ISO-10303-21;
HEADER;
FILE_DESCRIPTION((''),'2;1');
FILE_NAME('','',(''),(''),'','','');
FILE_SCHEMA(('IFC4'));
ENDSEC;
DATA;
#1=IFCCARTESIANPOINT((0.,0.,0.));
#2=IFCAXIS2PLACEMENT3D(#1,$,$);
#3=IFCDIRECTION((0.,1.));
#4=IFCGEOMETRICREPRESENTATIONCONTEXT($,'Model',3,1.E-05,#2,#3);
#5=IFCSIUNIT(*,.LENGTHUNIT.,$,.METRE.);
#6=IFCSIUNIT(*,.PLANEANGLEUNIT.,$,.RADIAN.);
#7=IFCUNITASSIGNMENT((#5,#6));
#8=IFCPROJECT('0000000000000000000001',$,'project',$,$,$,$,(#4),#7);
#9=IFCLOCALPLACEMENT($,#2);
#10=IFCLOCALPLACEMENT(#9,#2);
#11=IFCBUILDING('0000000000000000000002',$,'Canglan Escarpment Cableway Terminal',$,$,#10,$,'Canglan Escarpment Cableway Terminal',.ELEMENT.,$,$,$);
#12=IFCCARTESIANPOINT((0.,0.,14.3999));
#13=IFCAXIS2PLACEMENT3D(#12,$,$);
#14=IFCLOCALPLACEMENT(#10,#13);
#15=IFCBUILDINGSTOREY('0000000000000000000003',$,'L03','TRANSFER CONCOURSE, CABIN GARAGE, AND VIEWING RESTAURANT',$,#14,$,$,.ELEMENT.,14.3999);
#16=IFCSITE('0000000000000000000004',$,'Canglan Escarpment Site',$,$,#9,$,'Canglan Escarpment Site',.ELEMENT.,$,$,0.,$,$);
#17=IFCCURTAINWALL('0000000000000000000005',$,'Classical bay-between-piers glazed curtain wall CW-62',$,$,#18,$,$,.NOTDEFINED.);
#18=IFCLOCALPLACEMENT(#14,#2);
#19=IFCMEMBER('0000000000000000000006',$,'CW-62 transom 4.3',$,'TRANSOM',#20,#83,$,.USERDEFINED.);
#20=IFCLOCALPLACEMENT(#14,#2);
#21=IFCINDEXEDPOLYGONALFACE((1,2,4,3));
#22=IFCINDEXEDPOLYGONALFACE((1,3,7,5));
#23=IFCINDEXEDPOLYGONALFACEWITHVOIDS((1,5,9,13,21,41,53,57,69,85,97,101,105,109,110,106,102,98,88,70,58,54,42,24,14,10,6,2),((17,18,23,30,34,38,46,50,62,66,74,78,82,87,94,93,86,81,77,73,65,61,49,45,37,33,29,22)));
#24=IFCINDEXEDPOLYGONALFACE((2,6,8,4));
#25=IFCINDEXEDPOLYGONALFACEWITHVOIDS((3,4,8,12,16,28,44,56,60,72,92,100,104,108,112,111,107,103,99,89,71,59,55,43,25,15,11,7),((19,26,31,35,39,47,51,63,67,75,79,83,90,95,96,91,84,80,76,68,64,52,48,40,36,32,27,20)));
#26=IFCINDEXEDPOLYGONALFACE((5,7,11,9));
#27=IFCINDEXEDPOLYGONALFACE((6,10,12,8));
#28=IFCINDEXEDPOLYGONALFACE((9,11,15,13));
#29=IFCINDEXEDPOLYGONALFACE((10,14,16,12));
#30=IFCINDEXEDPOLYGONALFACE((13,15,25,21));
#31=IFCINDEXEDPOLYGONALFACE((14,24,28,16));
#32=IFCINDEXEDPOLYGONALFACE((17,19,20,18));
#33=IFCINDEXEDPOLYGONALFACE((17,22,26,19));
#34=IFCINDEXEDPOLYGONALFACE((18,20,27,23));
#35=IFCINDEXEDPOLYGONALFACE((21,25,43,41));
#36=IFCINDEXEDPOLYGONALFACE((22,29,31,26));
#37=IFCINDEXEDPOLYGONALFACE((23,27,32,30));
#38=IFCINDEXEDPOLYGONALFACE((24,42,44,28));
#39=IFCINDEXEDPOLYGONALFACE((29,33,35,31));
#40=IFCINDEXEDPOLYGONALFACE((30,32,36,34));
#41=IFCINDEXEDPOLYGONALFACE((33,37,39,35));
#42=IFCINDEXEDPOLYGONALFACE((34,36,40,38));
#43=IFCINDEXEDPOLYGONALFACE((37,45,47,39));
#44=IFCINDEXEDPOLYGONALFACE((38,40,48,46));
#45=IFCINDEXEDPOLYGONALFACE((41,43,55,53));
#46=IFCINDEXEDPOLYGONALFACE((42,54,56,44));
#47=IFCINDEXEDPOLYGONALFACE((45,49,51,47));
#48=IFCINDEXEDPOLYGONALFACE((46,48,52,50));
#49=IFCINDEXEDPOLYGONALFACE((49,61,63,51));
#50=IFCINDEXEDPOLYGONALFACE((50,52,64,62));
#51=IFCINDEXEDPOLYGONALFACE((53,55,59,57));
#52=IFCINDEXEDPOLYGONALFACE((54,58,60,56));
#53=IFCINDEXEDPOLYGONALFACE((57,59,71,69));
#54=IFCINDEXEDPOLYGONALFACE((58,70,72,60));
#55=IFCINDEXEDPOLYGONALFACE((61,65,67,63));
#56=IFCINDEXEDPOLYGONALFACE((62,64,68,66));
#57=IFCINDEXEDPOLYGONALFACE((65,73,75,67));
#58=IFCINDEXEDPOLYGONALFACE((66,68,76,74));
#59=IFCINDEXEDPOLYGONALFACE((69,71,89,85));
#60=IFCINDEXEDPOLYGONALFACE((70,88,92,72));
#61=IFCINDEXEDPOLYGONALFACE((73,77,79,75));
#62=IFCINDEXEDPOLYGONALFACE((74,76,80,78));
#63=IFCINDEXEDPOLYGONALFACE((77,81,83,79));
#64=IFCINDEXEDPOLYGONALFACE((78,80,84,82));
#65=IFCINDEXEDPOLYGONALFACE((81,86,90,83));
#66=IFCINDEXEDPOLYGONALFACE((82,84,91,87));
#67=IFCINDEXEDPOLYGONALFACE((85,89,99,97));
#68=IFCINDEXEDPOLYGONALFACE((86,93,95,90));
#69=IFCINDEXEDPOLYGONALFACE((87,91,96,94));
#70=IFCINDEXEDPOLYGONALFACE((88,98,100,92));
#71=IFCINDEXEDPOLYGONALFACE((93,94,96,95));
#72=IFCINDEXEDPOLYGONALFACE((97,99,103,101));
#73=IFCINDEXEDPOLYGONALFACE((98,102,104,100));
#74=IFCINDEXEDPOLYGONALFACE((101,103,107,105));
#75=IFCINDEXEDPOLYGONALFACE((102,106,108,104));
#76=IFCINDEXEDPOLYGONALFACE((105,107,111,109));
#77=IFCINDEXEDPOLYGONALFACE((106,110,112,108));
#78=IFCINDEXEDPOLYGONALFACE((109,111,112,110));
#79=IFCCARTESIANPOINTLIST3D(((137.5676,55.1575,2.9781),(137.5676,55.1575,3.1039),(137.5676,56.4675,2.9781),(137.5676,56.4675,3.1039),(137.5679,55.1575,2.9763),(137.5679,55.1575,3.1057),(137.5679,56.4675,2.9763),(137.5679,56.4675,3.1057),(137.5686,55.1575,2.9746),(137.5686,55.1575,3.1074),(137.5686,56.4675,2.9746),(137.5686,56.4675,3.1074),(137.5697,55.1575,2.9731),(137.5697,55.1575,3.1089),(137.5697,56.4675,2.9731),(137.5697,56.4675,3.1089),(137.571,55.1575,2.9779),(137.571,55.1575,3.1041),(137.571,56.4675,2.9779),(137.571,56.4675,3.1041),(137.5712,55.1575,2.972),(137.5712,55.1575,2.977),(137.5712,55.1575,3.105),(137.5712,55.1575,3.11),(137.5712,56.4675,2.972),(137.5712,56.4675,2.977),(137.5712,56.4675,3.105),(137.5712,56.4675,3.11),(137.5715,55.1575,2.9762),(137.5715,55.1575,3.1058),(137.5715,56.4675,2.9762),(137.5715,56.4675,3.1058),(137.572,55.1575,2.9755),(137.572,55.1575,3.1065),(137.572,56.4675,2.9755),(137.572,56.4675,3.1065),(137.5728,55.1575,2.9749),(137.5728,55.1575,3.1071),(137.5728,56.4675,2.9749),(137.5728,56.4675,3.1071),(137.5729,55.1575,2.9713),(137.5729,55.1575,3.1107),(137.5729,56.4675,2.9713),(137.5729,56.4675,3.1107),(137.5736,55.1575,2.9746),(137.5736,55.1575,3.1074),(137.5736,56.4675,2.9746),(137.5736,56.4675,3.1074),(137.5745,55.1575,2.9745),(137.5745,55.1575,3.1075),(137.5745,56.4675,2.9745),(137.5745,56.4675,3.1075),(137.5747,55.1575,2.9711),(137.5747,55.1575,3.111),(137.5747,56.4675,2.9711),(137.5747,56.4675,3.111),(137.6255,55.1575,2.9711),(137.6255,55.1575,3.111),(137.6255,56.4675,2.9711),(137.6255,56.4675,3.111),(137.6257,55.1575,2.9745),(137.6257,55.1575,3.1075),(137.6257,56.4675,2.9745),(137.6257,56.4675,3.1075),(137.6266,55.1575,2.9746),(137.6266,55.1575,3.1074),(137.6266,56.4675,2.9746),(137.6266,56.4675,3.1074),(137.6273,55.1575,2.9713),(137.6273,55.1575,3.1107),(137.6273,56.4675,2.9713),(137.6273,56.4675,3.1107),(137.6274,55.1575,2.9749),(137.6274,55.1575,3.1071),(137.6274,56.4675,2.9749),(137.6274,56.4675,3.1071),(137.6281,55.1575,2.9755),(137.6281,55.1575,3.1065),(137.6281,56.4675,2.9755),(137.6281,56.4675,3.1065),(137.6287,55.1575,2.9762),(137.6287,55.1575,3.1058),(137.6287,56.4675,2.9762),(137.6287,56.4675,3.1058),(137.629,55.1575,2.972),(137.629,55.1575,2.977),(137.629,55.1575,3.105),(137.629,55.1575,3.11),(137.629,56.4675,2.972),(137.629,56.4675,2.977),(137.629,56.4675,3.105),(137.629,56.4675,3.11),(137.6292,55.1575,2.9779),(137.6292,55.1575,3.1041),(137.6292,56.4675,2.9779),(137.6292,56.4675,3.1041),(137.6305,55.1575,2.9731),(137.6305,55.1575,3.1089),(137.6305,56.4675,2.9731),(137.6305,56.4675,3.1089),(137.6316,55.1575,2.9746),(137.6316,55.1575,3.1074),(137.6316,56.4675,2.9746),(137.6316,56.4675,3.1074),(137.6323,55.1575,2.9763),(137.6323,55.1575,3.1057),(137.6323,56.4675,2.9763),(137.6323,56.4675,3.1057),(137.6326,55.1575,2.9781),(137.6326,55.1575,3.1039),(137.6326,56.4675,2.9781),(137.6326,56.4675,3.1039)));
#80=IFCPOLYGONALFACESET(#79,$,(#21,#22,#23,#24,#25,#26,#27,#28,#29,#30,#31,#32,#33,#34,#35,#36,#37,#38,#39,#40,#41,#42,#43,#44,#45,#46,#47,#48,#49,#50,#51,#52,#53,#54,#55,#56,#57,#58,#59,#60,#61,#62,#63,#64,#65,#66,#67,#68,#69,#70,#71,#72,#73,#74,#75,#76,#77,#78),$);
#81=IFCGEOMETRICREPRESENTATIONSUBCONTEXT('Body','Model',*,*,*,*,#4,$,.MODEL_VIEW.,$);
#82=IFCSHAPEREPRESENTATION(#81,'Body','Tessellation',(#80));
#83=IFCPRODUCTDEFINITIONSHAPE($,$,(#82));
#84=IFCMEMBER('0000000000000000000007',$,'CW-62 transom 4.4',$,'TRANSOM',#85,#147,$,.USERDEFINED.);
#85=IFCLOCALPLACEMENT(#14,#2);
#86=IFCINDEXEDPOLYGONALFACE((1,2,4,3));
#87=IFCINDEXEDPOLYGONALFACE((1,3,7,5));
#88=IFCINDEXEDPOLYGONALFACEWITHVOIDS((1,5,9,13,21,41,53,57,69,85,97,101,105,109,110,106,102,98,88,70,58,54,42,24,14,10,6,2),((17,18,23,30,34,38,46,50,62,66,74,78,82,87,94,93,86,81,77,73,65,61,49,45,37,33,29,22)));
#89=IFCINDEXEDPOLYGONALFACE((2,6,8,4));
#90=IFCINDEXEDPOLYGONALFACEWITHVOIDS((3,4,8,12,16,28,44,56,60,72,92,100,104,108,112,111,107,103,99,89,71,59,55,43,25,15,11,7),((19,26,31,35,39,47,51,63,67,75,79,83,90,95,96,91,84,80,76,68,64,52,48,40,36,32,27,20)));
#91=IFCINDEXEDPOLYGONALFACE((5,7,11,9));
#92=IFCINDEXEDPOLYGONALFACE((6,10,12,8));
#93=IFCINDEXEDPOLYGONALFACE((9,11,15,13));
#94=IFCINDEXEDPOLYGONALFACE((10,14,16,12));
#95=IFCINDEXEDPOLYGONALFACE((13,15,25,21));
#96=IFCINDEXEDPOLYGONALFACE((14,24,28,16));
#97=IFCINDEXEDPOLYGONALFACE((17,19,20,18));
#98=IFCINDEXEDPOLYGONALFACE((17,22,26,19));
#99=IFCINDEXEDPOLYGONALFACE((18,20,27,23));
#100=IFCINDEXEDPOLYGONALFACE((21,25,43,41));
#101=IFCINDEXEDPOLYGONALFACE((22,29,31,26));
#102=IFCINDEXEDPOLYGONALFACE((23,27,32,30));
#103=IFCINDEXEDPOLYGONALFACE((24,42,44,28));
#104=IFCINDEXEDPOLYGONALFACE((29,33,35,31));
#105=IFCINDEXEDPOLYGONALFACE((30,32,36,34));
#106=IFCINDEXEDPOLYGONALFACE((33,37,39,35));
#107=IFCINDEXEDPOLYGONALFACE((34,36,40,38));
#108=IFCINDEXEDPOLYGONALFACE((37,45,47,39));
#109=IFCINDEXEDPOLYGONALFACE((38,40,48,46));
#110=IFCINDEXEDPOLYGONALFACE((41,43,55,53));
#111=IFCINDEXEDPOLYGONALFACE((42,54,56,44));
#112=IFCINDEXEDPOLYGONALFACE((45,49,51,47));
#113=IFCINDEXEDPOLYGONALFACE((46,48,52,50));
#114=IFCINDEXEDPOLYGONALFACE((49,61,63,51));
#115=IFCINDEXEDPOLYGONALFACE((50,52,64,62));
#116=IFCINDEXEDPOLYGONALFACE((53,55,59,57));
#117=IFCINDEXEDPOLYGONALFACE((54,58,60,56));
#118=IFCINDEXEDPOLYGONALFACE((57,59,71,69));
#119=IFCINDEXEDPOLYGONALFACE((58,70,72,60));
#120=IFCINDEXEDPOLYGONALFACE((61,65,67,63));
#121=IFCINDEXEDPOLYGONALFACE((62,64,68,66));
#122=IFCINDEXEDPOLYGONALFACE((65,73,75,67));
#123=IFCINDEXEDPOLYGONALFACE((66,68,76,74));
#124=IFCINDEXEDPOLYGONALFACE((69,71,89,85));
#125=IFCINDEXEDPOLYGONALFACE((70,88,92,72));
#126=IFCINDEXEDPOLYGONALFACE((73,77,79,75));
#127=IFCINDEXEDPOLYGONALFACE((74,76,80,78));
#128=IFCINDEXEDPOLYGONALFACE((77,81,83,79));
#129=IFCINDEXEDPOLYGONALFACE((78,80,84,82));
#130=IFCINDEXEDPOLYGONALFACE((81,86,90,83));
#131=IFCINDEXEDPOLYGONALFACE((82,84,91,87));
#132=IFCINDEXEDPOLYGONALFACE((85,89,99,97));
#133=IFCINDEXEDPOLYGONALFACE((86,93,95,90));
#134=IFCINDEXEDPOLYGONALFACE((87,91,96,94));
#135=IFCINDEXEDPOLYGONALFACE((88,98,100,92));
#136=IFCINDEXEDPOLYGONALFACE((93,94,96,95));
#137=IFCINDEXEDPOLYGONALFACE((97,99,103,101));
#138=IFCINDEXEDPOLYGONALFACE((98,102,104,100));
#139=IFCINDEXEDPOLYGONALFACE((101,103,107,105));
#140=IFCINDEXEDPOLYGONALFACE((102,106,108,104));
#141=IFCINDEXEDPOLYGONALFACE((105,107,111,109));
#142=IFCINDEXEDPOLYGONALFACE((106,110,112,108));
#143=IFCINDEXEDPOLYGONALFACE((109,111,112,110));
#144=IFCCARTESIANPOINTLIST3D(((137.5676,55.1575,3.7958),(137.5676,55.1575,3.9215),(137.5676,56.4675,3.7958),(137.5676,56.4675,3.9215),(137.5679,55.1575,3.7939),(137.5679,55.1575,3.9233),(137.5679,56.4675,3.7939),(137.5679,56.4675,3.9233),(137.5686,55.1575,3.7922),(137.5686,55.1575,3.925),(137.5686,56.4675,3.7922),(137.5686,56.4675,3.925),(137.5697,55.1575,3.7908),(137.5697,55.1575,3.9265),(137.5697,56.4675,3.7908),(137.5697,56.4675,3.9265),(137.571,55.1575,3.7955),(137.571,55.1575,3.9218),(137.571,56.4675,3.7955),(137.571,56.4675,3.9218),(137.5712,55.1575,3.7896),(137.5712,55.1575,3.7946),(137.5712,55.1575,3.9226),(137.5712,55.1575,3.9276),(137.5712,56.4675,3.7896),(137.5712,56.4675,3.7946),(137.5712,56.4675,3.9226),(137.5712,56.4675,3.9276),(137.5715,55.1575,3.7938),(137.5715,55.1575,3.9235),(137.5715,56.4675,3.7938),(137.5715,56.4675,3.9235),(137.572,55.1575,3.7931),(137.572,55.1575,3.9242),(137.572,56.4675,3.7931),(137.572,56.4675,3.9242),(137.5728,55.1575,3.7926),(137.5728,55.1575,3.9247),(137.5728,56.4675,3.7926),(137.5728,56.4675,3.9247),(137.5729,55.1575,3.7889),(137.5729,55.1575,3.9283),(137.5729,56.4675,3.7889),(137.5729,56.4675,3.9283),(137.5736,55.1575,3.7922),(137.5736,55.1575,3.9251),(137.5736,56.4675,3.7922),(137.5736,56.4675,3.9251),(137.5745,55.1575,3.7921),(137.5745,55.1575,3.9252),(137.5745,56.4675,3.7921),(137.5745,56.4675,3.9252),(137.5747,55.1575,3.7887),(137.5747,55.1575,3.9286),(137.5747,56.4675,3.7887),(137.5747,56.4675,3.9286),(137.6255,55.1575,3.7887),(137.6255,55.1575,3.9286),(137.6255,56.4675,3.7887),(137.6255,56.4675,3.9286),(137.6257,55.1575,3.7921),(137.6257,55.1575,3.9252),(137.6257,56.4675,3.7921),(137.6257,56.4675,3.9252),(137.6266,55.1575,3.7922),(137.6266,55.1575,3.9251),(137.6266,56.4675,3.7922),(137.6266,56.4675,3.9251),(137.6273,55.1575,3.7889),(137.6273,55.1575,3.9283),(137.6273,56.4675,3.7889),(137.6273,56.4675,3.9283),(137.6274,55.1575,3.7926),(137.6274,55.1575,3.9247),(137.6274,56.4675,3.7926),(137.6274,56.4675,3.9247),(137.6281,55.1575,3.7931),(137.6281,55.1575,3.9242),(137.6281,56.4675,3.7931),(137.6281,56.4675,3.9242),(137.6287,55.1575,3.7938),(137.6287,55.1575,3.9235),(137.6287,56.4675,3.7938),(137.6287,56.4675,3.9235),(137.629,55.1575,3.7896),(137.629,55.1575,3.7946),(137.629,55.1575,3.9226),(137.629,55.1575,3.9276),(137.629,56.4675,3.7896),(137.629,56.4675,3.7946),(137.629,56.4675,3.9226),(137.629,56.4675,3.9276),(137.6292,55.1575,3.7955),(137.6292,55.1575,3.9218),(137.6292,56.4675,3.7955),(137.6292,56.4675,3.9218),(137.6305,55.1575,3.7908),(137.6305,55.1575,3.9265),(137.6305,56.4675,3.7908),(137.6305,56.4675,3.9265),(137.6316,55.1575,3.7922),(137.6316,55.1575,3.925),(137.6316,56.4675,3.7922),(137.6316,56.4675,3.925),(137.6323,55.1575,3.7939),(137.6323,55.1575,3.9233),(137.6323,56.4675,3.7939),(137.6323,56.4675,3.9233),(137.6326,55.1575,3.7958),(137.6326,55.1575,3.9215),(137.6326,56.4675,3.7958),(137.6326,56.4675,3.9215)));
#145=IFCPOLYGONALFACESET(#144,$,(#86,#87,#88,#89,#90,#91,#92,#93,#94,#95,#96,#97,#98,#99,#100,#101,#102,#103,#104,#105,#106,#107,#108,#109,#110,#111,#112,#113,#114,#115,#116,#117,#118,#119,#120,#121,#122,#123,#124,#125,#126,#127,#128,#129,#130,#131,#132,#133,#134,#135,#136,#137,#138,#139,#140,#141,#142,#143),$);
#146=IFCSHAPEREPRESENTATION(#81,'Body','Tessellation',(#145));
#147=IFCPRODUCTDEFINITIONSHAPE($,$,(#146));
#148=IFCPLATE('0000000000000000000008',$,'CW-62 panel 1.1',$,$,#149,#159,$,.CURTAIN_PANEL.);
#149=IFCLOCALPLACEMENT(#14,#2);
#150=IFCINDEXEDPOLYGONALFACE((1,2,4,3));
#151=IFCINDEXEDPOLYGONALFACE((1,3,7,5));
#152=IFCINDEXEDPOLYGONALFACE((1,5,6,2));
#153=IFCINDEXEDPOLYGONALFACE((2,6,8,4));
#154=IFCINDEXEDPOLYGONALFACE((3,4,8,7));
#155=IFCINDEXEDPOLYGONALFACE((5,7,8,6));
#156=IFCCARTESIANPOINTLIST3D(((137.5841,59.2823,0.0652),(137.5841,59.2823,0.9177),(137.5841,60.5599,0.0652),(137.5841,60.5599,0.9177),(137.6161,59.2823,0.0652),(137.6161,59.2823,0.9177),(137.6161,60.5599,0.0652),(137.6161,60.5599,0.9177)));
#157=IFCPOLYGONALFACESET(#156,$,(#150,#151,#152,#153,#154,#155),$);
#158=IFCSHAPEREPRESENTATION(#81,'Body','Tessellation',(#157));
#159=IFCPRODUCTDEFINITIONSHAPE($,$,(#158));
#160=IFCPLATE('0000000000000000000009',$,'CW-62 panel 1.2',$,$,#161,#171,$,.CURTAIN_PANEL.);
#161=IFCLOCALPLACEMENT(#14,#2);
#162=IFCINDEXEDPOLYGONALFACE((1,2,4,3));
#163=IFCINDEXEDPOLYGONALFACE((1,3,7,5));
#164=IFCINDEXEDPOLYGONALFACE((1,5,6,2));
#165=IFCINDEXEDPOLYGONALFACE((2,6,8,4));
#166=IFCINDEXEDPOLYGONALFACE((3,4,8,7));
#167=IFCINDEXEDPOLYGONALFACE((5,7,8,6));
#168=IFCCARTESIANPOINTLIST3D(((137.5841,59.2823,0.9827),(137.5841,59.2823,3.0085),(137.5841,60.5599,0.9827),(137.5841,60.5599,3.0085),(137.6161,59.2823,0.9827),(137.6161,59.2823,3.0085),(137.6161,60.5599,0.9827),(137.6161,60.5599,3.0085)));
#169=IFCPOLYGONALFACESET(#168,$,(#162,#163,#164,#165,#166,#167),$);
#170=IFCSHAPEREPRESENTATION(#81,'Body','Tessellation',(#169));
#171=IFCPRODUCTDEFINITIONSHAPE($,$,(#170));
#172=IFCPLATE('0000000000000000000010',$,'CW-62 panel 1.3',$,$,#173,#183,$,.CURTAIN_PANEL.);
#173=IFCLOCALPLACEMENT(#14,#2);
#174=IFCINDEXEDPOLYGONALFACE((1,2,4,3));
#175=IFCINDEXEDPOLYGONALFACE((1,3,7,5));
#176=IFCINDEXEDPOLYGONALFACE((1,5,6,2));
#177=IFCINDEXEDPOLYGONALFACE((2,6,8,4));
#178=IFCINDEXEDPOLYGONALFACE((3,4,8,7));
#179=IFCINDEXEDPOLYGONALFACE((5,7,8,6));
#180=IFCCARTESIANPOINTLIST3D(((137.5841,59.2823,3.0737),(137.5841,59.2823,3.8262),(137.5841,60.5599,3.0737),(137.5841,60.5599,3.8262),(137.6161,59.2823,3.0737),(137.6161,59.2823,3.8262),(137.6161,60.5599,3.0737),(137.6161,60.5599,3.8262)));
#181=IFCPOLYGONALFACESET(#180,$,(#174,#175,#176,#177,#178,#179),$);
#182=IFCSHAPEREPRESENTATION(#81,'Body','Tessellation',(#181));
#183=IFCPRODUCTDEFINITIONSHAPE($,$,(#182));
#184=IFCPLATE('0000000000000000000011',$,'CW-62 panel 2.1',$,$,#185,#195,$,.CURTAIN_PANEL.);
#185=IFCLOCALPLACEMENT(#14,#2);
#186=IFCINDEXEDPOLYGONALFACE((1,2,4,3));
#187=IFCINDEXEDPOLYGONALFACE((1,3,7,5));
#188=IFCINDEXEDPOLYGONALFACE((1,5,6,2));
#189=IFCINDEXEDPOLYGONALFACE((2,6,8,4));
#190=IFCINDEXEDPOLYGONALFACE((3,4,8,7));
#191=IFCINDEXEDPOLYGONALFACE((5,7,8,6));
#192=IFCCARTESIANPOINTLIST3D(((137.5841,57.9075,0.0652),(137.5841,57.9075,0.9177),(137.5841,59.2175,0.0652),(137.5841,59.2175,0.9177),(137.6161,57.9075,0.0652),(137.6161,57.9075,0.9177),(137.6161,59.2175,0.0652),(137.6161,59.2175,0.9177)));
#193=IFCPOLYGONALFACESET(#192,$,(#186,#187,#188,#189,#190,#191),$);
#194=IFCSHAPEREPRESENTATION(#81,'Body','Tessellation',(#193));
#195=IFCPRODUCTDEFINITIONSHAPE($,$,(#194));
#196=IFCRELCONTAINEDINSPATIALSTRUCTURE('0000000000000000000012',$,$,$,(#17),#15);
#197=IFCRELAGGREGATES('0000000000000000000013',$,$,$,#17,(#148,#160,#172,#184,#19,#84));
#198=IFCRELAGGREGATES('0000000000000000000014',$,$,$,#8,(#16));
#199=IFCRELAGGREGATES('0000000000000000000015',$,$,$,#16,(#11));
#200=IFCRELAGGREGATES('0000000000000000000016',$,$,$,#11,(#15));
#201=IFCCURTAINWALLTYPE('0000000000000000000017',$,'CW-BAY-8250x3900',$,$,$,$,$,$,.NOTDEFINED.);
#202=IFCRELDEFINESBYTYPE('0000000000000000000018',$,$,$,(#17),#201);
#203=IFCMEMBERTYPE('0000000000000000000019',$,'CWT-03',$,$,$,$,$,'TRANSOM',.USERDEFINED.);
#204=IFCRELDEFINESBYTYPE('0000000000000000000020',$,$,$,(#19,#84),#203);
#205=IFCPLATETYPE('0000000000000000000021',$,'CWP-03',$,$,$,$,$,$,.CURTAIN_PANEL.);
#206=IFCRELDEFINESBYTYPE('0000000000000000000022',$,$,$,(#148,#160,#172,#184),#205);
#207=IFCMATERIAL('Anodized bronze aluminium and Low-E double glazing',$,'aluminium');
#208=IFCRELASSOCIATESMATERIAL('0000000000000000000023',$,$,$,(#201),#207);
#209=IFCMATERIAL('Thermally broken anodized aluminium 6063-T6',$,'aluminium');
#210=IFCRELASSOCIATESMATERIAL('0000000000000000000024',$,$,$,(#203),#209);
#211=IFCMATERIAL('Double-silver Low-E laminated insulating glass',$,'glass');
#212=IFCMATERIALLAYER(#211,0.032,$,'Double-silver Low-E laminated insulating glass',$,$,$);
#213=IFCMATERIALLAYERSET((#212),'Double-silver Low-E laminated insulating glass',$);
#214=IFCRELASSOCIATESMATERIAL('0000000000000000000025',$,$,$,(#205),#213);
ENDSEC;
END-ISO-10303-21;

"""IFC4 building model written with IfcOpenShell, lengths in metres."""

from ifc_helpers import new_model, si_unit, direction, frame, origin, origin_2d, place, context, subcontext, project, spatial, rectangle, hollow_rectangle, extrude, material, layer, layer_set, material_profile, profile_set, type_object, element, aggregate, save


model = new_model("IFC4")

# Units and contexts
model_context = context("Model", 3, precision=1e-05, world=origin(), true_north=direction((0.0, 1.0)))
body_context = subcontext(model_context, "Body", "Model", "MODEL_VIEW")
ifc_project = project(units=[si_unit("LENGTHUNIT", "METRE"), si_unit("PLANEANGLEUNIT", "RADIAN")], contexts=[model_context])

# Site, building, storey
site_placement = place(None, origin())
site = spatial("IfcSite", under=ifc_project, at=site_placement, Name="Canglan Escarpment Site", LongName="Canglan Escarpment Site", CompositionType="ELEMENT", RefElevation=0.0)
building_placement = place(site_placement, origin())
building = spatial("IfcBuilding", under=site, at=building_placement, Name="Canglan Escarpment Cableway Terminal", LongName="Canglan Escarpment Cableway Terminal", CompositionType="ELEMENT")
storey_placement = place(building_placement, frame((0.0, 0.0, 14.3999)))
storey = spatial("IfcBuildingStorey", under=building, at=storey_placement, Name="L03", Description="TRANSFER CONCOURSE, CABIN GARAGE, AND VIEWING RESTAURANT", CompositionType="ELEMENT", Elevation=14.3999)

# Curtain wall, members, plates
ifc_material_1 = material(Name="Anodized bronze aluminium and Low-E double glazing", Category="aluminium")
curtain_wall_type = type_object("IfcCurtainWallType", Name="CW-BAY-8250x3900", PredefinedType="NOTDEFINED", material=ifc_material_1)
curtain_wall_placement = place(storey_placement, origin())
curtain_wall = element("IfcCurtainWall", 1, at=curtain_wall_placement, inside=storey, type_object=curtain_wall_type, Name="Classical bay-between-piers glazed curtain wall CW-62", PredefinedType="NOTDEFINED")
ifc_material_2 = material(Name="Thermally broken anodized aluminium 6063-T6", Category="aluminium")
ifc_material_profile_1 = material_profile(ifc_material_2, hollow_rectangle(XDim=0.0649, YDim=0.1399, WallThickness=0.0034, InnerFilletRadius=0.0034, OuterFilletRadius=0.0071, at=origin_2d()), Name="ALU-TRAN 65x140x3.5")
ifc_profile_set_1 = profile_set([ifc_material_profile_1], Name="Thermally broken anodized aluminium 6063-T6")
member_type_1 = type_object("IfcMemberType", Name="CWT-03", ElementType="TRANSOM", PredefinedType="USERDEFINED", material=ifc_profile_set_1)
member_1_placement = place(storey_placement, frame((137.6001, 56.4675, 3.041), z_axis=(0.0, -1.0, 0.0), x_axis=(1.0, 0.0, 0.0)))
member_1 = element("IfcMember", 2, at=member_1_placement, type_object=member_type_1, Name="CW-62 transom 4.3", ObjectType="TRANSOM", PredefinedType="USERDEFINED", context=body_context, shape_type="SweptSolid", body=[
    extrude(hollow_rectangle(XDim=0.0649, YDim=0.1399, WallThickness=0.0034, InnerFilletRadius=0.0034, OuterFilletRadius=0.0071, at=origin_2d()), origin(), (0.0, 0.0, 1.0), 1.3101),
])
member_2_placement = place(storey_placement, frame((137.6001, 56.4675, 3.8586), z_axis=(0.0, -1.0, 0.0), x_axis=(1.0, 0.0, 0.0)))
member_2 = element("IfcMember", 3, at=member_2_placement, type_object=member_type_1, Name="CW-62 transom 4.4", ObjectType="TRANSOM", PredefinedType="USERDEFINED", context=body_context, shape_type="SweptSolid", body=[
    extrude(hollow_rectangle(XDim=0.0649, YDim=0.1399, WallThickness=0.0034, InnerFilletRadius=0.0034, OuterFilletRadius=0.0071, at=origin_2d()), origin(), (0.0, 0.0, 1.0), 1.3101),
])
ifc_material_3 = material(Name="Double-silver Low-E laminated insulating glass", Category="glass")
ifc_layer = layer(ifc_material_3, 0.032, Name="Double-silver Low-E laminated insulating glass")
ifc_layer_set = layer_set([ifc_layer], Name="Double-silver Low-E laminated insulating glass")
plate_type = type_object("IfcPlateType", Name="CWP-03", PredefinedType="CURTAIN_PANEL", material=ifc_layer_set)
plate_1_placement = place(storey_placement, frame((137.6001, 59.9211, 0.0652), z_axis=(0.0, 0.0, 1.0), x_axis=(0.0, -1.0, 0.0)))
plate_1 = element("IfcPlate", 4, at=plate_1_placement, type_object=plate_type, Name="CW-62 panel 1.1", PredefinedType="CURTAIN_PANEL", context=body_context, shape_type="SweptSolid", body=[
    extrude(rectangle(XDim=1.2776, YDim=0.032, at=origin_2d()), origin(), (0.0, 0.0, 1.0), 0.8525),
])
plate_2_placement = place(storey_placement, frame((137.6001, 59.9211, 0.9827), z_axis=(0.0, 0.0, 1.0), x_axis=(0.0, -1.0, 0.0)))
plate_2 = element("IfcPlate", 5, at=plate_2_placement, type_object=plate_type, Name="CW-62 panel 1.2", PredefinedType="CURTAIN_PANEL", context=body_context, shape_type="SweptSolid", body=[
    extrude(rectangle(XDim=1.2776, YDim=0.032, at=origin_2d()), origin(), (0.0, 0.0, 1.0), 2.0259),
])
plate_3_placement = place(storey_placement, frame((137.6001, 59.9211, 3.0737), z_axis=(0.0, 0.0, 1.0), x_axis=(0.0, -1.0, 0.0)))
plate_3 = element("IfcPlate", 6, at=plate_3_placement, type_object=plate_type, Name="CW-62 panel 1.3", PredefinedType="CURTAIN_PANEL", context=body_context, shape_type="SweptSolid", body=[
    extrude(rectangle(XDim=1.2776, YDim=0.032, at=origin_2d()), origin(), (0.0, 0.0, 1.0), 0.7524),
])
plate_4_placement = place(storey_placement, frame((137.6001, 58.5625, 0.0652), z_axis=(0.0, 0.0, 1.0), x_axis=(0.0, -1.0, 0.0)))
plate_4 = element("IfcPlate", 7, at=plate_4_placement, type_object=plate_type, Name="CW-62 panel 2.1", PredefinedType="CURTAIN_PANEL", context=body_context, shape_type="SweptSolid", body=[
    extrude(rectangle(XDim=1.3101, YDim=0.032, at=origin_2d()), origin(), (0.0, 0.0, 1.0), 0.8525),
])
aggregate(curtain_wall, [plate_1, plate_2, plate_3, plate_4, member_1, member_2])

save(model, "model.ifc")
